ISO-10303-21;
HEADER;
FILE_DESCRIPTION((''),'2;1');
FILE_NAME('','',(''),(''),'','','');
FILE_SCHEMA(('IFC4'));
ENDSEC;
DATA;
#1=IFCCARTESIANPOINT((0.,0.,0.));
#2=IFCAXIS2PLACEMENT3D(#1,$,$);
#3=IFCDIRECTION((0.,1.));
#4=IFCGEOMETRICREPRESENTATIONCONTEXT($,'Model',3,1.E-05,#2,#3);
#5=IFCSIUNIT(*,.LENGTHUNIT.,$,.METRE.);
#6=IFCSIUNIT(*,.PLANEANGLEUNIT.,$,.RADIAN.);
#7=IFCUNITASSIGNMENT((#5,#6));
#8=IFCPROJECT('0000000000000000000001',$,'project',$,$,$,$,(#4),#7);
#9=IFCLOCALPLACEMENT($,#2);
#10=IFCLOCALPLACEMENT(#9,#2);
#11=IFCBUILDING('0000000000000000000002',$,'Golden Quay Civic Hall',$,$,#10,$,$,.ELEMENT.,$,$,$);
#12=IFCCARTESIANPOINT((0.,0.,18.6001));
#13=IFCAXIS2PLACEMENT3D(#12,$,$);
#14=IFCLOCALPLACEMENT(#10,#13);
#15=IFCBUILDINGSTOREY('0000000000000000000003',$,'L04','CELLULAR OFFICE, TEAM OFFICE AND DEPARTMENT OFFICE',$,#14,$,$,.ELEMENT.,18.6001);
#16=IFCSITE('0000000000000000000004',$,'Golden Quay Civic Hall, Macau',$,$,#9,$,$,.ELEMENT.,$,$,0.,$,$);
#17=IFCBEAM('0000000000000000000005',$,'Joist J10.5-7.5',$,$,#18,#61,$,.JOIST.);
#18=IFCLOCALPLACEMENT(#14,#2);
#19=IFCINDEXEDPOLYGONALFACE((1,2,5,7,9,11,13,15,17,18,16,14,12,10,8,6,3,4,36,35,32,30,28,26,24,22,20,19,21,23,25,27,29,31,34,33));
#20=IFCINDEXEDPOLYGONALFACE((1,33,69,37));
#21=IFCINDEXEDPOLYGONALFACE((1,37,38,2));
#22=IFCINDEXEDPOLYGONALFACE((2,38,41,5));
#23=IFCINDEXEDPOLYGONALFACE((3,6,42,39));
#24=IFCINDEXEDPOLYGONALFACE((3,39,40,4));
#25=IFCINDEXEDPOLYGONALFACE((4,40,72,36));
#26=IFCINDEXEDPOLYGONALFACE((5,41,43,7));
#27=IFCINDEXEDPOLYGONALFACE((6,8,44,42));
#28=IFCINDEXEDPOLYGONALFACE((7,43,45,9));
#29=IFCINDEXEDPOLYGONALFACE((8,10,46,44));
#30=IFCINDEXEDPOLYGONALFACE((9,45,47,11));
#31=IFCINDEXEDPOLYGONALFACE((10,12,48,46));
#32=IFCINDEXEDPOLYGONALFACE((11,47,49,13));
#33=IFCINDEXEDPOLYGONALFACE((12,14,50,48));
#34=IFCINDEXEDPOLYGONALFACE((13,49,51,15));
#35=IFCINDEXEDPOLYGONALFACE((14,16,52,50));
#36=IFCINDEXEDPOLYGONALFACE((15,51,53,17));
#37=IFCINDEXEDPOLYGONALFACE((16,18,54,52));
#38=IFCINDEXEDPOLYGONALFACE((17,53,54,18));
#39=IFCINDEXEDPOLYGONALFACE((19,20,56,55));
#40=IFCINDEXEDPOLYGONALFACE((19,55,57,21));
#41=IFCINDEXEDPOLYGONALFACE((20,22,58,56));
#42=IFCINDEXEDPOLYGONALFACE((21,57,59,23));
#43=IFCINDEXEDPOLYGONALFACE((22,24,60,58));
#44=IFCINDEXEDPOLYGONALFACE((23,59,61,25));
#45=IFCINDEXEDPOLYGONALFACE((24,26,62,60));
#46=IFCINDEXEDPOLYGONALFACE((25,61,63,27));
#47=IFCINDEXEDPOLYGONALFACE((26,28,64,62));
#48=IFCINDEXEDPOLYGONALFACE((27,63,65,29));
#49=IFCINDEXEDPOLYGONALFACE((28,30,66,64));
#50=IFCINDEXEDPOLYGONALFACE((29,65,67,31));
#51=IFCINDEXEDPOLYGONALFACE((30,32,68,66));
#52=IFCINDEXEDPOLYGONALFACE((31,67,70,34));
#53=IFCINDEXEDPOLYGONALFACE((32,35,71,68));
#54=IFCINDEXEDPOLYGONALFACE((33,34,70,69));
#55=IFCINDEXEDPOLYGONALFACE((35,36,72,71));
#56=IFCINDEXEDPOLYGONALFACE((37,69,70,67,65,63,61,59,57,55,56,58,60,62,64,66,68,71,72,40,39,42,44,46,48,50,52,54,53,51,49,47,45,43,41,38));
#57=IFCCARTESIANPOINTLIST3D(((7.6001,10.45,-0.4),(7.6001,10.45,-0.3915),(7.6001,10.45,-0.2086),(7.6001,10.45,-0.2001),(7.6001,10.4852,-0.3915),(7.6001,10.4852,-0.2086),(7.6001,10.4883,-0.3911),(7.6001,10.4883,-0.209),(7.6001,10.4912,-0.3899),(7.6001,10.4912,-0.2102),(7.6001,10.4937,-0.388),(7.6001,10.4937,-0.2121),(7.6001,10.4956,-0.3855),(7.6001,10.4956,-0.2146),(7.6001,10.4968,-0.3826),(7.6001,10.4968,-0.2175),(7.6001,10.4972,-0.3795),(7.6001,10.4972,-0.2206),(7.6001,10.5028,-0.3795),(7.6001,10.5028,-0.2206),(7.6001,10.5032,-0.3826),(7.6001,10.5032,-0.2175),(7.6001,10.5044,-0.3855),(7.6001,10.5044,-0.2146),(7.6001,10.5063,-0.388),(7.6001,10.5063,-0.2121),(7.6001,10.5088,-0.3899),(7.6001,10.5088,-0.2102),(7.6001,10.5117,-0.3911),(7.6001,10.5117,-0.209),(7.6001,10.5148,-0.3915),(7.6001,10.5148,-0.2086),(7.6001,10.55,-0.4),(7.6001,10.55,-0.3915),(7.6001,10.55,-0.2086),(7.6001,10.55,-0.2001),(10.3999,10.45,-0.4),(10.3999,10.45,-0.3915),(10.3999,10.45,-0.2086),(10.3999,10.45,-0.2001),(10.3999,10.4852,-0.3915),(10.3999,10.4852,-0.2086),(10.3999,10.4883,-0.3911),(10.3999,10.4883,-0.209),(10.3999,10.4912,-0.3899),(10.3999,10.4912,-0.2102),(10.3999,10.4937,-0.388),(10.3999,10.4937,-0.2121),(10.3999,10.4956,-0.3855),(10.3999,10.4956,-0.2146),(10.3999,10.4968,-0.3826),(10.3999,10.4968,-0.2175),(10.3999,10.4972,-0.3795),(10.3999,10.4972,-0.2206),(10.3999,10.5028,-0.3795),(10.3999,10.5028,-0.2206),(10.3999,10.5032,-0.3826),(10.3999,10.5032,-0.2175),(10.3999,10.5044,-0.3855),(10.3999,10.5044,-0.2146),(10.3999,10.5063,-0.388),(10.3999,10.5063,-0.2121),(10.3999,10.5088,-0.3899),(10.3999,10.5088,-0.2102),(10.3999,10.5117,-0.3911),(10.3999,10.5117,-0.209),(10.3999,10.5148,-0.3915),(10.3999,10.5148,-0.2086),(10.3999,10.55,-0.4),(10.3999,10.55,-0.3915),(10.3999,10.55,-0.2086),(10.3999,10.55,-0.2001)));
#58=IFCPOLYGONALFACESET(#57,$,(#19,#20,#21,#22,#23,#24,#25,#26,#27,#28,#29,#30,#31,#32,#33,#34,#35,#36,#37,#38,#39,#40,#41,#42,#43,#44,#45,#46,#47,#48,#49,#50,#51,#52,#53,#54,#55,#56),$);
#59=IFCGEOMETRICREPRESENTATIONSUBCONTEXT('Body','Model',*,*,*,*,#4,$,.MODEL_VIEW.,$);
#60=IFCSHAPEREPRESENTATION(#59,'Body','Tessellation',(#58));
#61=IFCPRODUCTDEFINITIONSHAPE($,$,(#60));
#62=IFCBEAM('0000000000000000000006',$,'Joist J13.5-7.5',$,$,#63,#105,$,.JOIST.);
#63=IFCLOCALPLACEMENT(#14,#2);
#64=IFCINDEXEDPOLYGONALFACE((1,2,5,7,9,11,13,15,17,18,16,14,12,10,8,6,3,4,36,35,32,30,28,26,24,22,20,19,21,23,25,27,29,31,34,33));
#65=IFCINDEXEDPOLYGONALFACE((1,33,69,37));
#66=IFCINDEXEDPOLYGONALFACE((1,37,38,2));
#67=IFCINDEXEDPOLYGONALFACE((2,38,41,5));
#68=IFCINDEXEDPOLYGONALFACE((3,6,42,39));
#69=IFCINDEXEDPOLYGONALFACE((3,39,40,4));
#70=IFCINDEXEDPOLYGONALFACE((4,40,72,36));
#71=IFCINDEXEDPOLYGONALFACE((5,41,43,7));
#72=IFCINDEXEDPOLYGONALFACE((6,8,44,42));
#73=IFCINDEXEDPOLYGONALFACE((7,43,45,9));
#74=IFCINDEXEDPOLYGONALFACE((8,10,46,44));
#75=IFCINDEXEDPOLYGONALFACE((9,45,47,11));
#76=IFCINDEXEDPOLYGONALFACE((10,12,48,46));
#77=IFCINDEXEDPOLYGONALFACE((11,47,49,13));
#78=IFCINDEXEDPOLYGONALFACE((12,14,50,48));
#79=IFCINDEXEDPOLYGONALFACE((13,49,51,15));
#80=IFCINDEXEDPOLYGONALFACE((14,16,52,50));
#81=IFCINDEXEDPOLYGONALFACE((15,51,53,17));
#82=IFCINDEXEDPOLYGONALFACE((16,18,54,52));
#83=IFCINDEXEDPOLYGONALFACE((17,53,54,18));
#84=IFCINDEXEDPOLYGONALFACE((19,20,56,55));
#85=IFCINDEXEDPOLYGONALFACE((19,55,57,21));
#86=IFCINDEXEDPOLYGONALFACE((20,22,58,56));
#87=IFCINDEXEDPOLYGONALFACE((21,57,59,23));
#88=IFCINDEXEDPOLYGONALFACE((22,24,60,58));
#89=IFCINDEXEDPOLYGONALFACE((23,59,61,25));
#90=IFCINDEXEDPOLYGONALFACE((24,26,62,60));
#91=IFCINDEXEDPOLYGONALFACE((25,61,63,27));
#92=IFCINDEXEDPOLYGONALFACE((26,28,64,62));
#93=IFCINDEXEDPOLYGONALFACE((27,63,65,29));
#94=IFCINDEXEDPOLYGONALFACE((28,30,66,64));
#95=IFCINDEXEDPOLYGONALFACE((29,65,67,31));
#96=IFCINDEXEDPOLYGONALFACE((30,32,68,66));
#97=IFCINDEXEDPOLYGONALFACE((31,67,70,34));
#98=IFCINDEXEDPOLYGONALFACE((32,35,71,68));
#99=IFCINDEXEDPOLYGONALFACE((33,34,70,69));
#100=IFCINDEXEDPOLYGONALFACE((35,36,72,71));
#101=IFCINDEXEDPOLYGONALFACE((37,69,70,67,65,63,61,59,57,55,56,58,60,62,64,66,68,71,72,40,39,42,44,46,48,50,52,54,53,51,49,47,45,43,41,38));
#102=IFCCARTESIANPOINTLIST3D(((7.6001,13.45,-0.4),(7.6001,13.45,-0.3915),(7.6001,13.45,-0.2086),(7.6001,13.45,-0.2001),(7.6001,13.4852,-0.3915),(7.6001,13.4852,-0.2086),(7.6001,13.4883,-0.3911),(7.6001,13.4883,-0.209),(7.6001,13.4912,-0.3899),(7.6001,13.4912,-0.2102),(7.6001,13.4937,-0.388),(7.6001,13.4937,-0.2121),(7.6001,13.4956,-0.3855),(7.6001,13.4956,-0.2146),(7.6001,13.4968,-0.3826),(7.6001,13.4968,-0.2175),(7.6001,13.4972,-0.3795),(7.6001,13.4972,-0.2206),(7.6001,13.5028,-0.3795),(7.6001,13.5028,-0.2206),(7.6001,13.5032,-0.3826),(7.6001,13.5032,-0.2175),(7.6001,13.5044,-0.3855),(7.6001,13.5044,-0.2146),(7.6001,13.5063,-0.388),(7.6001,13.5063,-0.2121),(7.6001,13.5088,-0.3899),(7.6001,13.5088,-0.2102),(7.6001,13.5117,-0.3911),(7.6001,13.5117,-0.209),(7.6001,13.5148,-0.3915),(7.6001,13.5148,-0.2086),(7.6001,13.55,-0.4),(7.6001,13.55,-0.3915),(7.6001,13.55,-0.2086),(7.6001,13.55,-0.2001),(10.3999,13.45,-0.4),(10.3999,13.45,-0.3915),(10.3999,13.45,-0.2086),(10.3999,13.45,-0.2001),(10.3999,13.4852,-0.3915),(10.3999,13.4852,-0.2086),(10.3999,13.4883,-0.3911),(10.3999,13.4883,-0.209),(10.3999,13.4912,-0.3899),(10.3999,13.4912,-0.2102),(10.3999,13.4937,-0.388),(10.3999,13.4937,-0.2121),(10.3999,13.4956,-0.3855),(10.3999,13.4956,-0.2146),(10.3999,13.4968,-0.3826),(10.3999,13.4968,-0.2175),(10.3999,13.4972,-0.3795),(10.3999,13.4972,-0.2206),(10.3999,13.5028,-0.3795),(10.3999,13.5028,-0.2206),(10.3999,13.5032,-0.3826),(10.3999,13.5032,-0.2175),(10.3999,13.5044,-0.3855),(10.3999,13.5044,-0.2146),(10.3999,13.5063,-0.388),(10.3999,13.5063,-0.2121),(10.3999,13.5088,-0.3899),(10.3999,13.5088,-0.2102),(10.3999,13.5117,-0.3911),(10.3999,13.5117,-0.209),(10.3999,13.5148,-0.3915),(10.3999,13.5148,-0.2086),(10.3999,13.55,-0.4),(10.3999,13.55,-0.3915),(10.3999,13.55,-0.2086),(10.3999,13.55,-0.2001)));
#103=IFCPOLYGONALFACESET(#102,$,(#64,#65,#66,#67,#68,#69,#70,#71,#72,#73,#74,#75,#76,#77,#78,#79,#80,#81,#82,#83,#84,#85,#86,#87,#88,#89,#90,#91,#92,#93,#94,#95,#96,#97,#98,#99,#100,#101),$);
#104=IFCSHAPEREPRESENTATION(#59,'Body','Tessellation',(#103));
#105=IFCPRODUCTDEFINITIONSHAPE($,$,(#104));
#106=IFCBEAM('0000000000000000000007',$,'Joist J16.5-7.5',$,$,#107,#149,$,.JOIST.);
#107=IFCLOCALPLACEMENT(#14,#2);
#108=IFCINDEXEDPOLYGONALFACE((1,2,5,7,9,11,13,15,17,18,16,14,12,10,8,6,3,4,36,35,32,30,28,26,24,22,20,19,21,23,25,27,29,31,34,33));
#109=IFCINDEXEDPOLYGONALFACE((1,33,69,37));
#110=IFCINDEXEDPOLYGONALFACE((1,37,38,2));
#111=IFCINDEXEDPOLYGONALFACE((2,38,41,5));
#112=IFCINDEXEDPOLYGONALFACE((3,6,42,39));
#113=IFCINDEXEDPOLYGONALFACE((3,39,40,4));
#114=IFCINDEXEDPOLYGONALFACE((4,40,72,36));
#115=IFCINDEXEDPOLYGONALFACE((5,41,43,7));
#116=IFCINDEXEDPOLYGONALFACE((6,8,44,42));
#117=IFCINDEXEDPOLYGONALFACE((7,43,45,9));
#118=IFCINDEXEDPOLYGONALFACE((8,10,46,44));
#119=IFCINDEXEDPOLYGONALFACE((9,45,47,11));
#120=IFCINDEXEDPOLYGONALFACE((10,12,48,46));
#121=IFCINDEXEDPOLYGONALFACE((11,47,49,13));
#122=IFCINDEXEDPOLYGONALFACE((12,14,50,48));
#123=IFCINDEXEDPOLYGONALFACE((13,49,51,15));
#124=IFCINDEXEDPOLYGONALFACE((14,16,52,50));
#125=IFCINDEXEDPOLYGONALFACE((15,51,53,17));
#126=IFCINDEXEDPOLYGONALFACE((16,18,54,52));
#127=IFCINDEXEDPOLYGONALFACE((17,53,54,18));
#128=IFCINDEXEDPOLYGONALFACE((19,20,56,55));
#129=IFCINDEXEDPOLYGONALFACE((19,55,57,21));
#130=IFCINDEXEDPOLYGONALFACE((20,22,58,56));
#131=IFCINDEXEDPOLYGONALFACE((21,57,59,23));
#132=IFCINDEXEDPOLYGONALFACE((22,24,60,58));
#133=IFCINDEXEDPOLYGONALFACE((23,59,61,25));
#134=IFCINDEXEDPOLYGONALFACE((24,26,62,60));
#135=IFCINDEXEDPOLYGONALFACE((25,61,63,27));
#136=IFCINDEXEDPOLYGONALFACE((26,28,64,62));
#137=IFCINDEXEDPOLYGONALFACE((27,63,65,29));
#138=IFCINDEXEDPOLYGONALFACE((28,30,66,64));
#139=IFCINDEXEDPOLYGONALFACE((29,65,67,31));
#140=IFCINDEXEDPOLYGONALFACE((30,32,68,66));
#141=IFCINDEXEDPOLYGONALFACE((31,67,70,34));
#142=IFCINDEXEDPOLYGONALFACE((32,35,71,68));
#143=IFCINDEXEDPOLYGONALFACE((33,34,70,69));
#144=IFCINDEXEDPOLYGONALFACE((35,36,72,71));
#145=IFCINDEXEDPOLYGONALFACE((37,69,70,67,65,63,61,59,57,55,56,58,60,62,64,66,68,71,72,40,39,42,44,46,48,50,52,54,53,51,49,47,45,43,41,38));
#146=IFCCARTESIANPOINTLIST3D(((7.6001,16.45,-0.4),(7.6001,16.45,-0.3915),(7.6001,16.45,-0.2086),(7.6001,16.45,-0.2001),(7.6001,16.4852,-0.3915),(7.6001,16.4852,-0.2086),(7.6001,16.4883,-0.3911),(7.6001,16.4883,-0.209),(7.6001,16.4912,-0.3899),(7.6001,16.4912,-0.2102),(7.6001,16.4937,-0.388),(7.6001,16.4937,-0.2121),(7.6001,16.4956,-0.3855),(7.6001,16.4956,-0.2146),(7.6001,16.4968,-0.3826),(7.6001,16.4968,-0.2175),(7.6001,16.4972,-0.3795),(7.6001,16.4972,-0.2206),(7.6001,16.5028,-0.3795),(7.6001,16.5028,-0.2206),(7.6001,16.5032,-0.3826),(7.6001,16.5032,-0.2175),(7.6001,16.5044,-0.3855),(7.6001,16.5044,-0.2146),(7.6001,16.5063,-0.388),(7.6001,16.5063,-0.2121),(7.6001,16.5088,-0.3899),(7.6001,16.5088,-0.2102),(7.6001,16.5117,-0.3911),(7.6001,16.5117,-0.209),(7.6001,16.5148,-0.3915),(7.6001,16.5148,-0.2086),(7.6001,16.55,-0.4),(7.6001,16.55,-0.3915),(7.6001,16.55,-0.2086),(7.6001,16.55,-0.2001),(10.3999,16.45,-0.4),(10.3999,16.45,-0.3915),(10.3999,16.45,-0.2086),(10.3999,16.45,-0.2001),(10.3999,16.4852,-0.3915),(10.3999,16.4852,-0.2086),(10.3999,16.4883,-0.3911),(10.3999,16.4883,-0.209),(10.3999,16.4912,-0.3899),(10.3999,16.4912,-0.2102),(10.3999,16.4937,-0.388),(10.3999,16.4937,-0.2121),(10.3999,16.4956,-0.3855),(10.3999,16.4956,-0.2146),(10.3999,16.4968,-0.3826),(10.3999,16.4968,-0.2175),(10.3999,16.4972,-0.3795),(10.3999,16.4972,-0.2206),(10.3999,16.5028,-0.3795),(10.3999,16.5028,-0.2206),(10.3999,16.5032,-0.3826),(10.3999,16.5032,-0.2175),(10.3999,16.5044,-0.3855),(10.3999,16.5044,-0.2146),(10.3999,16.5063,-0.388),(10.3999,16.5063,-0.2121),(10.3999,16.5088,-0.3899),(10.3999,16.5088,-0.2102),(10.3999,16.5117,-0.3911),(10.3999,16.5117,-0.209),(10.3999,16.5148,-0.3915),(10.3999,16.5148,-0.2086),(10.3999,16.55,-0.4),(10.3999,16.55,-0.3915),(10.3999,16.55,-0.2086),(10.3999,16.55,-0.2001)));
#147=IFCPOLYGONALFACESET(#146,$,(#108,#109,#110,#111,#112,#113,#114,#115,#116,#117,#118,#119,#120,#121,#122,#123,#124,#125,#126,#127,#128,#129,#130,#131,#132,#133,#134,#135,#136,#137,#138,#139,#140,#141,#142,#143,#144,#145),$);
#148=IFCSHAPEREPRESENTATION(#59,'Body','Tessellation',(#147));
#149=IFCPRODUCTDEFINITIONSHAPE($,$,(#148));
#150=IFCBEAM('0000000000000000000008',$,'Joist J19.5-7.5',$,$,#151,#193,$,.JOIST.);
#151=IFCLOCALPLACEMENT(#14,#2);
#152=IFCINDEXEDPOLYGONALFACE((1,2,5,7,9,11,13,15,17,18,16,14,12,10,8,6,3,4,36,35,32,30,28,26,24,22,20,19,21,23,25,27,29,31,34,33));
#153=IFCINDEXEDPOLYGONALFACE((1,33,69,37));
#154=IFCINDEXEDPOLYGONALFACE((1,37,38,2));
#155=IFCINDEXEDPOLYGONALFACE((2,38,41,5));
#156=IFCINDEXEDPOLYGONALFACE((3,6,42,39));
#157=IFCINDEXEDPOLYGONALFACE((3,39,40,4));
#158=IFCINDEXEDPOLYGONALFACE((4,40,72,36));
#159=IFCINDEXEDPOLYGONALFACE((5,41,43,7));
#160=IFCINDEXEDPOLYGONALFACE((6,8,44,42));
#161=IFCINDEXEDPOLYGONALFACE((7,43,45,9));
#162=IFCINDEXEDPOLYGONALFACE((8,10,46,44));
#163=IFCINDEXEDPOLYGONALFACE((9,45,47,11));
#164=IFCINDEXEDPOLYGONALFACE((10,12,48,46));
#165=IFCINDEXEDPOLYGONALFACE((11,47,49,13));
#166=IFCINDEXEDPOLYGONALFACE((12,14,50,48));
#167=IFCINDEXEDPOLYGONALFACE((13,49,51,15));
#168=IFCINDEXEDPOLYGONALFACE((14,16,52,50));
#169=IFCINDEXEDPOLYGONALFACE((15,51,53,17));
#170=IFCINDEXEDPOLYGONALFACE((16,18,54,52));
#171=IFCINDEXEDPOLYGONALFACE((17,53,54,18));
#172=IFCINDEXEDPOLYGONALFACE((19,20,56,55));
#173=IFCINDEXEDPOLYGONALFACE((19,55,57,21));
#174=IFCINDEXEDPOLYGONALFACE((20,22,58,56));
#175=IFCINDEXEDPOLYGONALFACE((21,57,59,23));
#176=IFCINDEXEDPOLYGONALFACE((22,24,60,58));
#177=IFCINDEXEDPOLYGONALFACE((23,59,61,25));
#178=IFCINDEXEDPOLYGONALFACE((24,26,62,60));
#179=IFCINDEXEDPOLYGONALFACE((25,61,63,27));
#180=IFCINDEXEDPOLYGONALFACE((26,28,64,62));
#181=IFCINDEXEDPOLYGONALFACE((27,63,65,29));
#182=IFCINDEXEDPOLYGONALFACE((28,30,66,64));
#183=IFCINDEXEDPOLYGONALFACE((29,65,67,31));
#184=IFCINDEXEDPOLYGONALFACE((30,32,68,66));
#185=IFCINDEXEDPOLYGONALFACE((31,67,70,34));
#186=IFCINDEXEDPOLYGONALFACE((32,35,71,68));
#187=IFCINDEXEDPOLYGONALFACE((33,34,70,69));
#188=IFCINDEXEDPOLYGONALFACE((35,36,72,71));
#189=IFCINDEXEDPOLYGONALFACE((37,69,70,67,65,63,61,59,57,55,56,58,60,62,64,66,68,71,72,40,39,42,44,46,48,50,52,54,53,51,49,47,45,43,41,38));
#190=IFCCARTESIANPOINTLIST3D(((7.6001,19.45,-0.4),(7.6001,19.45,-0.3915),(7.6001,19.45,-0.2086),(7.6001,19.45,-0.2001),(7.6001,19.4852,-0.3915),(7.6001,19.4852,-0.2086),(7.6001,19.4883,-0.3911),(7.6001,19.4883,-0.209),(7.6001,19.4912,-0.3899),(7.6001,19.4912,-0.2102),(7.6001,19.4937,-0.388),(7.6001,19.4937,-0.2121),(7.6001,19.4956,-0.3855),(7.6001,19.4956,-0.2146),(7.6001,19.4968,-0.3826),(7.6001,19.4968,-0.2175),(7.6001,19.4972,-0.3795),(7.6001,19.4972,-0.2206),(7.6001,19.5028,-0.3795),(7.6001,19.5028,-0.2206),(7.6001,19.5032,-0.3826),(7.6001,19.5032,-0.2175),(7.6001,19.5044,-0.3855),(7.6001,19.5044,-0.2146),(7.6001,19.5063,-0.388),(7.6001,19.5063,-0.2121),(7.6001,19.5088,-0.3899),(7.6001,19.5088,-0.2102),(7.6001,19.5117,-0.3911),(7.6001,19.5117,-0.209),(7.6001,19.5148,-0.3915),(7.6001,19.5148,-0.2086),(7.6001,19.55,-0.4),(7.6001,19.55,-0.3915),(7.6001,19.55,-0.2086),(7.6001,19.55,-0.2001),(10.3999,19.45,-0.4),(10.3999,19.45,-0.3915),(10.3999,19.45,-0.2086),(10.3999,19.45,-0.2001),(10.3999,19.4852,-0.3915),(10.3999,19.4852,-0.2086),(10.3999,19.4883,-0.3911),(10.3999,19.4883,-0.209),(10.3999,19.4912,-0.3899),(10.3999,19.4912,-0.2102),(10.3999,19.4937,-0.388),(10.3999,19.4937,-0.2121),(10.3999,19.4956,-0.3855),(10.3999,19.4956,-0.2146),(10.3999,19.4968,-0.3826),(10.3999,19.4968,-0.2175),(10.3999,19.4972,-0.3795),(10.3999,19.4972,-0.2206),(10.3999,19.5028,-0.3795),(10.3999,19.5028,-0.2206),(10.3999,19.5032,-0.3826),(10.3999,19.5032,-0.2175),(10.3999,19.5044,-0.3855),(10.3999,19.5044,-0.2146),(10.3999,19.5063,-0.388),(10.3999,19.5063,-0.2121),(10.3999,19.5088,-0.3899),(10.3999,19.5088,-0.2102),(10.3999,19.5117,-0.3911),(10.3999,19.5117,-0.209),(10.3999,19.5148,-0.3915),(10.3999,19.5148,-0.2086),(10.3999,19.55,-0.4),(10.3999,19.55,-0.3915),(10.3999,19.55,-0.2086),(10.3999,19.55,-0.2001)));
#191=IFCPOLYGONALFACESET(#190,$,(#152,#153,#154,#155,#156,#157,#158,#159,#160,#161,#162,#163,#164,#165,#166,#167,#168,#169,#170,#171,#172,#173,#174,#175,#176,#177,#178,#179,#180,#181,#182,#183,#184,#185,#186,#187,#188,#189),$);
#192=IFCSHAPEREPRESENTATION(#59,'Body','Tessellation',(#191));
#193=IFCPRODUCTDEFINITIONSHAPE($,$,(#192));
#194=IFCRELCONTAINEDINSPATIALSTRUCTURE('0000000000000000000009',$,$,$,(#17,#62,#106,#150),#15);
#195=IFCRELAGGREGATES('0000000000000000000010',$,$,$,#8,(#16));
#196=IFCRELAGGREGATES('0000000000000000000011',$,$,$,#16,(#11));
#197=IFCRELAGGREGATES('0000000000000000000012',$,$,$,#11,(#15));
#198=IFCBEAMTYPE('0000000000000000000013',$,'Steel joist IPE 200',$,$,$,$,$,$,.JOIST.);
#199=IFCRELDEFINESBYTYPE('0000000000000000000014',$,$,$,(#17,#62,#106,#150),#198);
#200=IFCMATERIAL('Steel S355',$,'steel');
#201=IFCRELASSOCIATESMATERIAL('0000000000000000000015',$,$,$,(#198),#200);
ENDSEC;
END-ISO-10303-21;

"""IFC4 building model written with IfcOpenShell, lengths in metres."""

from ifc_helpers import new_model, si_unit, direction, frame, origin, origin_2d, place, context, subcontext, project, spatial, i_section, extrude, material, material_profile, profile_set, type_object, element, save


model = new_model("IFC4")

# Units and contexts
model_context = context("Model", 3, precision=1e-05, world=origin(), true_north=direction((0.0, 1.0)))
body_context = subcontext(model_context, "Body", "Model", "MODEL_VIEW")
ifc_project = project(units=[si_unit("LENGTHUNIT", "METRE"), si_unit("PLANEANGLEUNIT", "RADIAN")], contexts=[model_context])

# Site, building, storey
site_placement = place(None, origin())
site = spatial("IfcSite", under=ifc_project, at=site_placement, Name="Golden Quay Civic Hall, Macau", CompositionType="ELEMENT", RefElevation=0.0)
building_placement = place(site_placement, origin())
building = spatial("IfcBuilding", under=site, at=building_placement, Name="Golden Quay Civic Hall", CompositionType="ELEMENT")
storey_placement = place(building_placement, frame((0.0, 0.0, 18.6001)))
storey = spatial("IfcBuildingStorey", under=building, at=storey_placement, Name="L04", Description="CELLULAR OFFICE, TEAM OFFICE AND DEPARTMENT OFFICE", CompositionType="ELEMENT", Elevation=18.6001)

# Beams
ifc_material_1 = material(Name="Steel S355", Category="steel")
ifc_material_profile_1 = material_profile(ifc_material_1, i_section(OverallWidth=0.1001, OverallDepth=0.2, WebThickness=0.0056, FlangeThickness=0.0085, FilletRadius=0.012, at=origin_2d()), Name="IPE 200")
ifc_profile_set_1 = profile_set([ifc_material_profile_1], Name="Steel S355")
beam_type_1 = type_object("IfcBeamType", Name="Steel joist IPE 200", PredefinedType="JOIST", material=ifc_profile_set_1)
for number, where, z_axis, x_axis, name in (
    (1, (7.6001, 10.5, -0.3), (1.0, 0.0, 0.0), (0.0, 1.0, 0.0), "Joist J10.5-7.5"),
    (2, (7.6001, 13.5, -0.3), (1.0, 0.0, 0.0), (0.0, 1.0, 0.0), "Joist J13.5-7.5"),
    (3, (7.6001, 16.5, -0.3), (1.0, 0.0, 0.0), (0.0, 1.0, 0.0), "Joist J16.5-7.5"),
    (4, (7.6001, 19.5, -0.3), (1.0, 0.0, 0.0), (0.0, 1.0, 0.0), "Joist J19.5-7.5"),
):
    element("IfcBeam", number, at=place(storey_placement, frame(where, z_axis=z_axis, x_axis=x_axis)), inside=storey, type_object=beam_type_1, Name=name, PredefinedType="JOIST", context=body_context, shape_type="SweptSolid", body=[
        extrude(i_section(OverallWidth=0.1001, OverallDepth=0.2, WebThickness=0.0056, FlangeThickness=0.0085, FilletRadius=0.012, at=origin_2d()), origin(), (0.0, 0.0, 1.0), 2.7998),
    ])

save(model, "model.ifc")
